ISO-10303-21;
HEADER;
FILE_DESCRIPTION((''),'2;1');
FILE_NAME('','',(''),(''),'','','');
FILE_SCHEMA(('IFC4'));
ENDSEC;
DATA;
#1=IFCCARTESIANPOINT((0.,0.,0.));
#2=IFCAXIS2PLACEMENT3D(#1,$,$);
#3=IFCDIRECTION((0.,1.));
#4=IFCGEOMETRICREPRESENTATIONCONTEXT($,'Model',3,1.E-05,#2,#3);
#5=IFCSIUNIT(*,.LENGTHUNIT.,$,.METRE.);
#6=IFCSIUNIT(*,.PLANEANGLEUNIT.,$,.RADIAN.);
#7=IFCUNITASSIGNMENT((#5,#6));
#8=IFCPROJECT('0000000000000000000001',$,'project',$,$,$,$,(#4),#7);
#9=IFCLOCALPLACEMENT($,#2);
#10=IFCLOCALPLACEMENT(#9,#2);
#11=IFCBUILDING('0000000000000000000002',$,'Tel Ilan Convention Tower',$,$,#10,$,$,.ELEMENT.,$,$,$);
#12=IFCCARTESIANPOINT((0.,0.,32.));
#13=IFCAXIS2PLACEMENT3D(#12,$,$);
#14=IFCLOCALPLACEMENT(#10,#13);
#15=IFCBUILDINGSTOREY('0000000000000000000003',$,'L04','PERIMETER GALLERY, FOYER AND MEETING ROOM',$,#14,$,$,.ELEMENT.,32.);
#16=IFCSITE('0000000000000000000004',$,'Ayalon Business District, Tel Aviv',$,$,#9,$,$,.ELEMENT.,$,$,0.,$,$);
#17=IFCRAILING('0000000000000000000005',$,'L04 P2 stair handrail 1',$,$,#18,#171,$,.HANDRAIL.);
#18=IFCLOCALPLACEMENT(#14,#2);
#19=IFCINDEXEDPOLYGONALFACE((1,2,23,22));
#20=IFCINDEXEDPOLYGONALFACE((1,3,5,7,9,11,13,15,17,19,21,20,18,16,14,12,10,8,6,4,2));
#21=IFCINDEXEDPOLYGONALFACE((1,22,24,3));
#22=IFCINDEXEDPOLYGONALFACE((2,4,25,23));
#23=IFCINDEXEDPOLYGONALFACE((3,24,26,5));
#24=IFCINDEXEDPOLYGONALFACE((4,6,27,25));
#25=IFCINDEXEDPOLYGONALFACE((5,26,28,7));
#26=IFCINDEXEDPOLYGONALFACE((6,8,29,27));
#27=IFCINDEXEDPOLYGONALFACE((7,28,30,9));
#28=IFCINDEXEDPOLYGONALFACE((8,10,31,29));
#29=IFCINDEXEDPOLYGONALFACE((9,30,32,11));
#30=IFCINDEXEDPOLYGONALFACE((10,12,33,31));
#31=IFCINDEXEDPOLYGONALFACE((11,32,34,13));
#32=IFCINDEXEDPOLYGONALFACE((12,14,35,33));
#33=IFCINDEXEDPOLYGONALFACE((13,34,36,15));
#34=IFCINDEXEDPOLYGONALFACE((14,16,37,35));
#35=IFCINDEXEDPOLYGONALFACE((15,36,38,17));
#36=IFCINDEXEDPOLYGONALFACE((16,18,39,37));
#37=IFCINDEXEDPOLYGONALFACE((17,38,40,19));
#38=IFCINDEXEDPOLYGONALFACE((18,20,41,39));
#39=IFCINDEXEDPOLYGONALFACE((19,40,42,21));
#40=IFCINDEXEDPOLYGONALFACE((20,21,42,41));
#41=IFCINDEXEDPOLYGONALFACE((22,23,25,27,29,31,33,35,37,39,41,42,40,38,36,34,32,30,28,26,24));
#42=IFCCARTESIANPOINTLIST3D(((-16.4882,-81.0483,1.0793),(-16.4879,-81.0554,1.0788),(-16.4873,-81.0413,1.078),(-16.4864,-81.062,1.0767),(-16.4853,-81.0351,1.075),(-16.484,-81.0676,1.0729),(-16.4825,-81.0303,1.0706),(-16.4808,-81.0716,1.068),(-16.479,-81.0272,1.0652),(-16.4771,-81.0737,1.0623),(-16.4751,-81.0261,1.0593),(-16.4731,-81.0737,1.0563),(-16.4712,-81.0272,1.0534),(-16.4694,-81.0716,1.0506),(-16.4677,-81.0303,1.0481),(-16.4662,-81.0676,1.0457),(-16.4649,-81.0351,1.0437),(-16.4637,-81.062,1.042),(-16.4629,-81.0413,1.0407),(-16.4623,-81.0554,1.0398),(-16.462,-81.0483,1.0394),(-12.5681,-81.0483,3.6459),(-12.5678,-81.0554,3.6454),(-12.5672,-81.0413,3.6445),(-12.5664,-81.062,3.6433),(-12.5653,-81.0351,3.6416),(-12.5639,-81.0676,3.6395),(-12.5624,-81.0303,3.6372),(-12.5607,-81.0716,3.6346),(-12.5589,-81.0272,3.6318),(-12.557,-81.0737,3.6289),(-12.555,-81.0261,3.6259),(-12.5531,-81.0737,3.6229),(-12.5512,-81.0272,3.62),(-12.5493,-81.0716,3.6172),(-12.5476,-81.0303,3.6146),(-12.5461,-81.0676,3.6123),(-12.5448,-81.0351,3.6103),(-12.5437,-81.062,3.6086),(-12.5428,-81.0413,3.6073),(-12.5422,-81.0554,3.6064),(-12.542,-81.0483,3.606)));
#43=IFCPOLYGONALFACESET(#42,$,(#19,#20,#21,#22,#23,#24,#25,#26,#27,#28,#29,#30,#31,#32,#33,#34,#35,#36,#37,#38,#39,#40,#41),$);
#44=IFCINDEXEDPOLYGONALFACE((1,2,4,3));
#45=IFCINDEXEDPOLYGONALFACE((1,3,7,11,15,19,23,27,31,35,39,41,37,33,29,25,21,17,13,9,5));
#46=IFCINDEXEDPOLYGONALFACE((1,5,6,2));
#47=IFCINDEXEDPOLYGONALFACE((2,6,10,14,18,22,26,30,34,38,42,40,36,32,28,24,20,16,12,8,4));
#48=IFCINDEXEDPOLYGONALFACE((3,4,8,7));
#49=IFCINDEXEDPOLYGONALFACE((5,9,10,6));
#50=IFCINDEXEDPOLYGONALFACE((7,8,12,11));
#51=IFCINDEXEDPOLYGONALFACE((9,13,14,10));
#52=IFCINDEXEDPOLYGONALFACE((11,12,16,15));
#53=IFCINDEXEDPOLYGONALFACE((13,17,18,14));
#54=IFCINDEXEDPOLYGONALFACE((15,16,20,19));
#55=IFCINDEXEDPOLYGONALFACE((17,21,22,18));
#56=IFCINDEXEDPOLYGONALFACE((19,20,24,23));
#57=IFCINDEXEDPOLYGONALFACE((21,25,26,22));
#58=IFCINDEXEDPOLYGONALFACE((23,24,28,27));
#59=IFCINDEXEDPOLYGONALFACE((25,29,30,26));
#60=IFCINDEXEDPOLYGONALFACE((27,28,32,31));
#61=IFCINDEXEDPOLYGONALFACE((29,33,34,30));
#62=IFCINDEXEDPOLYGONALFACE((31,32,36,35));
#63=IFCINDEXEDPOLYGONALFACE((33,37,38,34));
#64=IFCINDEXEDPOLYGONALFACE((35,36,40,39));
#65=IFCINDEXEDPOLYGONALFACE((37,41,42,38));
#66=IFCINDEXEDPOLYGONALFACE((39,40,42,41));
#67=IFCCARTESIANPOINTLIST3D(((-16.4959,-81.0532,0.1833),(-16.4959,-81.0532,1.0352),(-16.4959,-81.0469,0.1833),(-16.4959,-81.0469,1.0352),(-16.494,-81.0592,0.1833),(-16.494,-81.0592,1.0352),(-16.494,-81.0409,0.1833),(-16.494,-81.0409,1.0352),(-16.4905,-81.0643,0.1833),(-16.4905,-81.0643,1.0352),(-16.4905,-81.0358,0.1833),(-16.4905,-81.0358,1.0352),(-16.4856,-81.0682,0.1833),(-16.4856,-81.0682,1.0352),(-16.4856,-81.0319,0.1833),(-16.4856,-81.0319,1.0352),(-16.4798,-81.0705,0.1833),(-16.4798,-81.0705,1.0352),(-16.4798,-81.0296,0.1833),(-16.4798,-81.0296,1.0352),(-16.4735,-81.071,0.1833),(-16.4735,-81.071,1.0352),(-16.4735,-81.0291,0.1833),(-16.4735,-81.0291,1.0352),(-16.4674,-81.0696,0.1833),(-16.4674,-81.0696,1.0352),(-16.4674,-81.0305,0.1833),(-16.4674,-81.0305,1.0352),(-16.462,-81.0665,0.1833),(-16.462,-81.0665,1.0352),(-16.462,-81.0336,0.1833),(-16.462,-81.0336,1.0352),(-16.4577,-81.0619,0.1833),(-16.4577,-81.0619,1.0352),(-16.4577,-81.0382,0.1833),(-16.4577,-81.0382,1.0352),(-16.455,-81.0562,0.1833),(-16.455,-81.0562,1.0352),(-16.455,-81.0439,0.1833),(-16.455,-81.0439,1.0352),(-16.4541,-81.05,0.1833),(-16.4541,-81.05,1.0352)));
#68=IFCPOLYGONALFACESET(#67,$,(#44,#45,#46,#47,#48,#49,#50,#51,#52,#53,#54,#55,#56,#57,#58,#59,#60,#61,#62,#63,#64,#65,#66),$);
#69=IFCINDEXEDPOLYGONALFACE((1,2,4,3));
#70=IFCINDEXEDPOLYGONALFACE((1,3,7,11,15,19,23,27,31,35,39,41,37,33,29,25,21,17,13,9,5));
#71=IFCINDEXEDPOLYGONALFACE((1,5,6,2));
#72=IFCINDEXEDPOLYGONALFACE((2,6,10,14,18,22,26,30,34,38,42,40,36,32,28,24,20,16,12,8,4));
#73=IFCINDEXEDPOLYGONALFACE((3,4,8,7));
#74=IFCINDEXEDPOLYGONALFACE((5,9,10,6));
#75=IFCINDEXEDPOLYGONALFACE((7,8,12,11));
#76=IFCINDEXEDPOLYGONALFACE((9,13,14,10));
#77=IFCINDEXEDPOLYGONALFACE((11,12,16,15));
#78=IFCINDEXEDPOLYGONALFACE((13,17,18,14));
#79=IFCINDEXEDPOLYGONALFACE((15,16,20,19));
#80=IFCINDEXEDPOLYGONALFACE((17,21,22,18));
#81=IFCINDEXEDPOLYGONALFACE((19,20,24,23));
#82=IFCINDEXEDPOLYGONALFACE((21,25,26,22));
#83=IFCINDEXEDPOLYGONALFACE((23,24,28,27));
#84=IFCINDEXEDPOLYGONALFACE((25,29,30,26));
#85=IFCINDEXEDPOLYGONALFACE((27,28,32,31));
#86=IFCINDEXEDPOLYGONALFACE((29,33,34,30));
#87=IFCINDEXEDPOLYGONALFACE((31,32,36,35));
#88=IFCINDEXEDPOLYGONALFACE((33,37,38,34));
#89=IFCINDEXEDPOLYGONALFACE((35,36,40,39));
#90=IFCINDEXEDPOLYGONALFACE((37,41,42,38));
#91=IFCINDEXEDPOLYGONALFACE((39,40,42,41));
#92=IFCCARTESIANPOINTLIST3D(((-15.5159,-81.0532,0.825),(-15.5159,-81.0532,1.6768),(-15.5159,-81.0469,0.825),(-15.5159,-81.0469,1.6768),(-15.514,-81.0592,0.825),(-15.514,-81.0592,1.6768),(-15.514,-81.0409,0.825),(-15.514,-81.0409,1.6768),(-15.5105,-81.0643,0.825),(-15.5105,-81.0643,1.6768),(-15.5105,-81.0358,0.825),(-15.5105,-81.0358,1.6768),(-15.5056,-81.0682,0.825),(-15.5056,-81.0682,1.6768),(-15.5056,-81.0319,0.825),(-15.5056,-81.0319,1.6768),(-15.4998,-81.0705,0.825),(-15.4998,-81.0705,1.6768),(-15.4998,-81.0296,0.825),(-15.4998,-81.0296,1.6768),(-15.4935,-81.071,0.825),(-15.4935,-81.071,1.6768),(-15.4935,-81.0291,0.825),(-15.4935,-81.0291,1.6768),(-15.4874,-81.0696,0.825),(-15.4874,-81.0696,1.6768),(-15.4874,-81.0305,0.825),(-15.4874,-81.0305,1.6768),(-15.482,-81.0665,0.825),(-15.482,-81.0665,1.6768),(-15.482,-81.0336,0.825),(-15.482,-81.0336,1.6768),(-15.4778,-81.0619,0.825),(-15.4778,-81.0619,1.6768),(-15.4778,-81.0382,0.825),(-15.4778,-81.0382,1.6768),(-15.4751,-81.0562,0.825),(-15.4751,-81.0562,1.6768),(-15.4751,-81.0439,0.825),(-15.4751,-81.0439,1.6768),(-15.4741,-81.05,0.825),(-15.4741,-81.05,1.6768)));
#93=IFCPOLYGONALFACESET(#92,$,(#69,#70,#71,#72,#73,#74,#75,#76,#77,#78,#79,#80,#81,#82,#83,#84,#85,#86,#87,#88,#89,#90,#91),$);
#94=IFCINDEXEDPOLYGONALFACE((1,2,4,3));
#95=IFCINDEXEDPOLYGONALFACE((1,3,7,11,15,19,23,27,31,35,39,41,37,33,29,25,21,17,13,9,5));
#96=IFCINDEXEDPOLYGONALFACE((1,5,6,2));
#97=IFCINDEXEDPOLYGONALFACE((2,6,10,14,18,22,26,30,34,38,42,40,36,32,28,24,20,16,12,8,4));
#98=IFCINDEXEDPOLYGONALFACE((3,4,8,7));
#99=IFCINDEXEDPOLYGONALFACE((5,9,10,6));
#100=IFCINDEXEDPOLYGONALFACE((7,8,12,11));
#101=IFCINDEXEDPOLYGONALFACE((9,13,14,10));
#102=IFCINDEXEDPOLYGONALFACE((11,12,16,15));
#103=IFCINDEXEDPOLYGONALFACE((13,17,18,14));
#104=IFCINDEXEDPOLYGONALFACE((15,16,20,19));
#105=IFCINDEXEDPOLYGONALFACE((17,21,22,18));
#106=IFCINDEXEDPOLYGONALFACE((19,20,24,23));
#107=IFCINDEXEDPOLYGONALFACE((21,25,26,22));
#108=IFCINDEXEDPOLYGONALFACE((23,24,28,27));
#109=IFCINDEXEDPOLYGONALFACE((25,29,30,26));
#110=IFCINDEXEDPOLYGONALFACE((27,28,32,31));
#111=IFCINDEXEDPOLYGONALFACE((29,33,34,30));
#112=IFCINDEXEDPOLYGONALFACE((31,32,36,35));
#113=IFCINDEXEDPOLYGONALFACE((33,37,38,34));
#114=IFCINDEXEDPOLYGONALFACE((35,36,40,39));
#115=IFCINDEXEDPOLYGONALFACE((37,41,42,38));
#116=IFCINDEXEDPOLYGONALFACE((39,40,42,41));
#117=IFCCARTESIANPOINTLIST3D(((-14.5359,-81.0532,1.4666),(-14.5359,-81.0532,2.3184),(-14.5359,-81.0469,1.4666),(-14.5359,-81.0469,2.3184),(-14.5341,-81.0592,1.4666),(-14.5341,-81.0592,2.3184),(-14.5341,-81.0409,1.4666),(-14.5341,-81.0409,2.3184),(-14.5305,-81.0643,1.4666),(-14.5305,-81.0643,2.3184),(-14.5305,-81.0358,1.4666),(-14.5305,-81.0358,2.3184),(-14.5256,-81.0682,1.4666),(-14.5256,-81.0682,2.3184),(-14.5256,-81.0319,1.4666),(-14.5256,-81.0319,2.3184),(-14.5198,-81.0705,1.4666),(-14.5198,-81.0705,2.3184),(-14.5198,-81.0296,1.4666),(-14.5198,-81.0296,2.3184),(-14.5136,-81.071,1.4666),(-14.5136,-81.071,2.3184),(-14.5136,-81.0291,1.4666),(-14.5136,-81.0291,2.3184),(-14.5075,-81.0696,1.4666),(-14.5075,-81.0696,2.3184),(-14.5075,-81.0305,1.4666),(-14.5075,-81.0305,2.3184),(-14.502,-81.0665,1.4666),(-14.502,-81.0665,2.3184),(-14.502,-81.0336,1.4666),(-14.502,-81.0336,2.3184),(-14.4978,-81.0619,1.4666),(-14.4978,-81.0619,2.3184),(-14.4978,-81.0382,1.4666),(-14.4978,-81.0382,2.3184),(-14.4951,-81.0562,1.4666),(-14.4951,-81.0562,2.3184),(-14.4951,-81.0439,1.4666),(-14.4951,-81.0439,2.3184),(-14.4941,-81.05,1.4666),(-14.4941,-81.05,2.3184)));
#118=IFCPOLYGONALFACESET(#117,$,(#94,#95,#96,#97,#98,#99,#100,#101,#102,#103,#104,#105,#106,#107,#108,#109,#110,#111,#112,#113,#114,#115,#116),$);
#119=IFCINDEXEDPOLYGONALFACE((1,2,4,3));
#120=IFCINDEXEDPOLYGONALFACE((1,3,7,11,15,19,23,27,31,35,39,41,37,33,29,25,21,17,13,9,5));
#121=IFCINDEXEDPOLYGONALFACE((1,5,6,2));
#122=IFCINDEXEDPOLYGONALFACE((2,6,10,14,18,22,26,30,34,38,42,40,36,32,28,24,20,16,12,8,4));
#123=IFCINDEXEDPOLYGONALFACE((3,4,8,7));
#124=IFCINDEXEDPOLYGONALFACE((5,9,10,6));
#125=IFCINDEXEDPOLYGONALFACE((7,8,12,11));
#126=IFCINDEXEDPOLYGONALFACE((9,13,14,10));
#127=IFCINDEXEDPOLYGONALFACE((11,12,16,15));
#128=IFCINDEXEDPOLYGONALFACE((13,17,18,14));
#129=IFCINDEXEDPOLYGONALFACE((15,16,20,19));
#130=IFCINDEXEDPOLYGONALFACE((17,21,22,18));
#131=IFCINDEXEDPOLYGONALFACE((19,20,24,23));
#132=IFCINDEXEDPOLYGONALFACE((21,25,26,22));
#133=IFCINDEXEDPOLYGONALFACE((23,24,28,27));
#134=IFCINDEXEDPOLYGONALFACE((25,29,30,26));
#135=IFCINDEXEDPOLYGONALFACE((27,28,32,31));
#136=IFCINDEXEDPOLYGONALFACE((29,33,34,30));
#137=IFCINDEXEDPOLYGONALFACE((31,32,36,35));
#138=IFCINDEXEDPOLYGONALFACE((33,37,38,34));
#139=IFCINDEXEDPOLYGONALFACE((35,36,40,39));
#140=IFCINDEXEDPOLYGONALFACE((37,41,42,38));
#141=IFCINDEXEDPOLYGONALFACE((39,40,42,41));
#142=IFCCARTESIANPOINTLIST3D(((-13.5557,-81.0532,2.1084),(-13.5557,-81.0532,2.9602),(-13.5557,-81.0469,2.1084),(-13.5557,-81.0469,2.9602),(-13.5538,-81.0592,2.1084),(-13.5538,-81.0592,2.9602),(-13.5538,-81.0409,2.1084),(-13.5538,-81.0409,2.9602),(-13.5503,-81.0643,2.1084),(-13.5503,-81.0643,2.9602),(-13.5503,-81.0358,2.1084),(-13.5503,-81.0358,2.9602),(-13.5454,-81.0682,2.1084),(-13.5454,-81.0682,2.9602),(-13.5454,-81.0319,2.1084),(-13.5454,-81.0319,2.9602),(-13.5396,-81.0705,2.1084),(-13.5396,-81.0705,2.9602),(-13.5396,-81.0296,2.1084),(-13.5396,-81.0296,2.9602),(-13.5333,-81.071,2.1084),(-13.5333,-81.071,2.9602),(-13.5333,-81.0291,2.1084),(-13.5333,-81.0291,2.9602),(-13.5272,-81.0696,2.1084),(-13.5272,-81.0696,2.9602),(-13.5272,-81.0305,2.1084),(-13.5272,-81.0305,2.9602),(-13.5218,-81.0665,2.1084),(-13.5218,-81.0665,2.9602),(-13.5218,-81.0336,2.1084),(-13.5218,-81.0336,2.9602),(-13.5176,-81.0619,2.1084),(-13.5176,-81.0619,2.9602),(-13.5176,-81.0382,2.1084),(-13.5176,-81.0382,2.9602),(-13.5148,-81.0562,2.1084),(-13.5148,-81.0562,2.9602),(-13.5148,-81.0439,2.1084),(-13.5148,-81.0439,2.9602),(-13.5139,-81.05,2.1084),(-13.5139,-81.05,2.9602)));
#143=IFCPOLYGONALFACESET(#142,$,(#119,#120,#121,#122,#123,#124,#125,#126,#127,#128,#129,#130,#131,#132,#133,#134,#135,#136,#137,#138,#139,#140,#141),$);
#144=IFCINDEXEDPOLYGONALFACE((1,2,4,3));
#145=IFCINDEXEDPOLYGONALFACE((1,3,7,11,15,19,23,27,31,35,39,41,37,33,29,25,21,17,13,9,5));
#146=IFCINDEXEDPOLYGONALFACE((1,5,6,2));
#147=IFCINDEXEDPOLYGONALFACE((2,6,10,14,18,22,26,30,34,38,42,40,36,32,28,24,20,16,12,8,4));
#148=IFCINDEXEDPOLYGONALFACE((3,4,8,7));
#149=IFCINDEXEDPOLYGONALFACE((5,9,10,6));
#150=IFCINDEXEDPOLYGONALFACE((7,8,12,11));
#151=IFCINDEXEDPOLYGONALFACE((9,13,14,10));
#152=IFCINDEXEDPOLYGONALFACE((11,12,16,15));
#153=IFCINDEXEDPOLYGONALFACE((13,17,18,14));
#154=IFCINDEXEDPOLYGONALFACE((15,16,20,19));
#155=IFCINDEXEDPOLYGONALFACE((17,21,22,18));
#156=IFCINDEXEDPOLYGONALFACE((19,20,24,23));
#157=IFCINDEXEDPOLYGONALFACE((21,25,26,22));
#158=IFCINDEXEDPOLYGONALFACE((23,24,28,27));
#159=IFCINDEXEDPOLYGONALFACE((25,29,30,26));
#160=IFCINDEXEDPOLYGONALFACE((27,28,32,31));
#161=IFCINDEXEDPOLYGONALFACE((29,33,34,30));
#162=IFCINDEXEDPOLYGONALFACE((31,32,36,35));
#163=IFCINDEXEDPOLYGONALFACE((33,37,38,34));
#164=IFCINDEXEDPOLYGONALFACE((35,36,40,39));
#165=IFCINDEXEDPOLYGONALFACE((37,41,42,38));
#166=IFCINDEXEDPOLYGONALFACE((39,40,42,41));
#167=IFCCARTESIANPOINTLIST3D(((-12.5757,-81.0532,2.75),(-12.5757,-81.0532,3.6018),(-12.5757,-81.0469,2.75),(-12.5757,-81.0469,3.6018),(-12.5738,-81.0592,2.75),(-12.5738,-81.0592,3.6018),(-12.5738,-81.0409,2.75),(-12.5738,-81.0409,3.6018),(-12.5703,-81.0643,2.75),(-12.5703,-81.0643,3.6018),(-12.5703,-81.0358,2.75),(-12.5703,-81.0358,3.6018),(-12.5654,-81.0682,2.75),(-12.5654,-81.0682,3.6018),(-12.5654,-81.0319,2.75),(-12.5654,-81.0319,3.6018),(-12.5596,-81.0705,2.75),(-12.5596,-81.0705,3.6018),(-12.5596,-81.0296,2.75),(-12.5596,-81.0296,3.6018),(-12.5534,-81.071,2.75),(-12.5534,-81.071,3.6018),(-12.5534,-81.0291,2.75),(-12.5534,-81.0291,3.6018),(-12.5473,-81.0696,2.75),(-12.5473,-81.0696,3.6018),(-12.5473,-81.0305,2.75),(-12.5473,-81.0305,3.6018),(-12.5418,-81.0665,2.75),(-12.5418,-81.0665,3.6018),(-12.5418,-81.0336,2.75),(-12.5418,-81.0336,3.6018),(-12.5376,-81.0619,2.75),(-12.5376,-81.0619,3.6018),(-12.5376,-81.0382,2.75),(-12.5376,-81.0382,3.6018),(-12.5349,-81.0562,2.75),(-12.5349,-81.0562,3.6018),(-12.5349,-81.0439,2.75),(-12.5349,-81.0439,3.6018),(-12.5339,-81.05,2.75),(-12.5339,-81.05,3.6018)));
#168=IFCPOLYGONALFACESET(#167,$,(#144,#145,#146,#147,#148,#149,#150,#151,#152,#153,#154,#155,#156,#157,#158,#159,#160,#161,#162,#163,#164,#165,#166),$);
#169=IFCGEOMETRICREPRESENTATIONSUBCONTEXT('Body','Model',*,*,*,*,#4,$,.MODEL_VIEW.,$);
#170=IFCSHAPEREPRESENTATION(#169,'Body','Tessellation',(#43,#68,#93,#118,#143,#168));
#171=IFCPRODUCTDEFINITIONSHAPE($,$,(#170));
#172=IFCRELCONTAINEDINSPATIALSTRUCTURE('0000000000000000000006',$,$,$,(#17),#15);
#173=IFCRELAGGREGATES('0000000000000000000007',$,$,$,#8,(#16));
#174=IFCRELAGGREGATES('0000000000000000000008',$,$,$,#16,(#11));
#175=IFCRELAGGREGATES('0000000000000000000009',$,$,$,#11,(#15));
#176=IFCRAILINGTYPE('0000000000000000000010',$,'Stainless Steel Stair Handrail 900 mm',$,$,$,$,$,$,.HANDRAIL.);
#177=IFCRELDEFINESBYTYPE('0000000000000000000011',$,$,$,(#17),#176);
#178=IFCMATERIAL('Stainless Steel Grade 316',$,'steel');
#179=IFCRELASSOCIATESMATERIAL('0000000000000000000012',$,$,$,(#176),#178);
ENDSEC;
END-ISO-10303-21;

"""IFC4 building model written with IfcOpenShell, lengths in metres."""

from ifc_helpers import new_model, si_unit, direction, frame, origin, origin_2d, place, context, subcontext, project, spatial, circle, extrude, material, type_object, element, save


model = new_model("IFC4")

# Units and contexts
model_context = context("Model", 3, precision=1e-05, world=origin(), true_north=direction((0.0, 1.0)))
body_context = subcontext(model_context, "Body", "Model", "MODEL_VIEW")
ifc_project = project(units=[si_unit("LENGTHUNIT", "METRE"), si_unit("PLANEANGLEUNIT", "RADIAN")], contexts=[model_context])

# Site, building, storey
site_placement = place(None, origin())
site = spatial("IfcSite", under=ifc_project, at=site_placement, Name="Ayalon Business District, Tel Aviv", CompositionType="ELEMENT", RefElevation=0.0)
building_placement = place(site_placement, origin())
building = spatial("IfcBuilding", under=site, at=building_placement, Name="Tel Ilan Convention Tower", CompositionType="ELEMENT")
storey_placement = place(building_placement, frame((0.0, 0.0, 32.0)))
storey = spatial("IfcBuildingStorey", under=building, at=storey_placement, Name="L04", Description="PERIMETER GALLERY, FOYER AND MEETING ROOM", CompositionType="ELEMENT", Elevation=32.0)

# Railing
ifc_material_1 = material(Name="Stainless Steel Grade 316", Category="steel")
railing_type_1 = type_object("IfcRailingType", Name="Stainless Steel Stair Handrail 900 mm", PredefinedType="HANDRAIL", material=ifc_material_1)
railing_1_placement = place(storey_placement, frame((-16.4751, -81.05, 0.1833)))
element("IfcRailing", 1, at=railing_1_placement, inside=storey, type_object=railing_type_1, Name="L04 P2 stair handrail 1", PredefinedType="HANDRAIL", context=body_context, shape_type="SweptSolid", body=[
    extrude(circle(Radius=0.0239, at=origin_2d()), frame((0.0, 0.0, 0.876), z_axis=(0.836631, 0.0, 0.547767), x_axis=(0.0, 1.0, 0.0)), (0.0, 0.0, 1.0), 4.6855),
    extrude(circle(Radius=0.021, at=origin_2d()), origin(), (0.0, 0.0, 1.0), 0.8518),
    extrude(circle(Radius=0.021, at=origin_2d()), frame((0.98, 0.0, 0.6416)), (0.0, 0.0, 1.0), 0.8518),
    extrude(circle(Radius=0.021, at=origin_2d()), frame((1.96, 0.0, 1.2832)), (0.0, 0.0, 1.0), 0.8518),
    extrude(circle(Radius=0.021, at=origin_2d()), frame((2.9402, 0.0, 1.925)), (0.0, 0.0, 1.0), 0.8518),
    extrude(circle(Radius=0.021, at=origin_2d()), frame((3.9202, 0.0, 2.5667)), (0.0, 0.0, 1.0), 0.8518),
])

save(model, "model.ifc")
